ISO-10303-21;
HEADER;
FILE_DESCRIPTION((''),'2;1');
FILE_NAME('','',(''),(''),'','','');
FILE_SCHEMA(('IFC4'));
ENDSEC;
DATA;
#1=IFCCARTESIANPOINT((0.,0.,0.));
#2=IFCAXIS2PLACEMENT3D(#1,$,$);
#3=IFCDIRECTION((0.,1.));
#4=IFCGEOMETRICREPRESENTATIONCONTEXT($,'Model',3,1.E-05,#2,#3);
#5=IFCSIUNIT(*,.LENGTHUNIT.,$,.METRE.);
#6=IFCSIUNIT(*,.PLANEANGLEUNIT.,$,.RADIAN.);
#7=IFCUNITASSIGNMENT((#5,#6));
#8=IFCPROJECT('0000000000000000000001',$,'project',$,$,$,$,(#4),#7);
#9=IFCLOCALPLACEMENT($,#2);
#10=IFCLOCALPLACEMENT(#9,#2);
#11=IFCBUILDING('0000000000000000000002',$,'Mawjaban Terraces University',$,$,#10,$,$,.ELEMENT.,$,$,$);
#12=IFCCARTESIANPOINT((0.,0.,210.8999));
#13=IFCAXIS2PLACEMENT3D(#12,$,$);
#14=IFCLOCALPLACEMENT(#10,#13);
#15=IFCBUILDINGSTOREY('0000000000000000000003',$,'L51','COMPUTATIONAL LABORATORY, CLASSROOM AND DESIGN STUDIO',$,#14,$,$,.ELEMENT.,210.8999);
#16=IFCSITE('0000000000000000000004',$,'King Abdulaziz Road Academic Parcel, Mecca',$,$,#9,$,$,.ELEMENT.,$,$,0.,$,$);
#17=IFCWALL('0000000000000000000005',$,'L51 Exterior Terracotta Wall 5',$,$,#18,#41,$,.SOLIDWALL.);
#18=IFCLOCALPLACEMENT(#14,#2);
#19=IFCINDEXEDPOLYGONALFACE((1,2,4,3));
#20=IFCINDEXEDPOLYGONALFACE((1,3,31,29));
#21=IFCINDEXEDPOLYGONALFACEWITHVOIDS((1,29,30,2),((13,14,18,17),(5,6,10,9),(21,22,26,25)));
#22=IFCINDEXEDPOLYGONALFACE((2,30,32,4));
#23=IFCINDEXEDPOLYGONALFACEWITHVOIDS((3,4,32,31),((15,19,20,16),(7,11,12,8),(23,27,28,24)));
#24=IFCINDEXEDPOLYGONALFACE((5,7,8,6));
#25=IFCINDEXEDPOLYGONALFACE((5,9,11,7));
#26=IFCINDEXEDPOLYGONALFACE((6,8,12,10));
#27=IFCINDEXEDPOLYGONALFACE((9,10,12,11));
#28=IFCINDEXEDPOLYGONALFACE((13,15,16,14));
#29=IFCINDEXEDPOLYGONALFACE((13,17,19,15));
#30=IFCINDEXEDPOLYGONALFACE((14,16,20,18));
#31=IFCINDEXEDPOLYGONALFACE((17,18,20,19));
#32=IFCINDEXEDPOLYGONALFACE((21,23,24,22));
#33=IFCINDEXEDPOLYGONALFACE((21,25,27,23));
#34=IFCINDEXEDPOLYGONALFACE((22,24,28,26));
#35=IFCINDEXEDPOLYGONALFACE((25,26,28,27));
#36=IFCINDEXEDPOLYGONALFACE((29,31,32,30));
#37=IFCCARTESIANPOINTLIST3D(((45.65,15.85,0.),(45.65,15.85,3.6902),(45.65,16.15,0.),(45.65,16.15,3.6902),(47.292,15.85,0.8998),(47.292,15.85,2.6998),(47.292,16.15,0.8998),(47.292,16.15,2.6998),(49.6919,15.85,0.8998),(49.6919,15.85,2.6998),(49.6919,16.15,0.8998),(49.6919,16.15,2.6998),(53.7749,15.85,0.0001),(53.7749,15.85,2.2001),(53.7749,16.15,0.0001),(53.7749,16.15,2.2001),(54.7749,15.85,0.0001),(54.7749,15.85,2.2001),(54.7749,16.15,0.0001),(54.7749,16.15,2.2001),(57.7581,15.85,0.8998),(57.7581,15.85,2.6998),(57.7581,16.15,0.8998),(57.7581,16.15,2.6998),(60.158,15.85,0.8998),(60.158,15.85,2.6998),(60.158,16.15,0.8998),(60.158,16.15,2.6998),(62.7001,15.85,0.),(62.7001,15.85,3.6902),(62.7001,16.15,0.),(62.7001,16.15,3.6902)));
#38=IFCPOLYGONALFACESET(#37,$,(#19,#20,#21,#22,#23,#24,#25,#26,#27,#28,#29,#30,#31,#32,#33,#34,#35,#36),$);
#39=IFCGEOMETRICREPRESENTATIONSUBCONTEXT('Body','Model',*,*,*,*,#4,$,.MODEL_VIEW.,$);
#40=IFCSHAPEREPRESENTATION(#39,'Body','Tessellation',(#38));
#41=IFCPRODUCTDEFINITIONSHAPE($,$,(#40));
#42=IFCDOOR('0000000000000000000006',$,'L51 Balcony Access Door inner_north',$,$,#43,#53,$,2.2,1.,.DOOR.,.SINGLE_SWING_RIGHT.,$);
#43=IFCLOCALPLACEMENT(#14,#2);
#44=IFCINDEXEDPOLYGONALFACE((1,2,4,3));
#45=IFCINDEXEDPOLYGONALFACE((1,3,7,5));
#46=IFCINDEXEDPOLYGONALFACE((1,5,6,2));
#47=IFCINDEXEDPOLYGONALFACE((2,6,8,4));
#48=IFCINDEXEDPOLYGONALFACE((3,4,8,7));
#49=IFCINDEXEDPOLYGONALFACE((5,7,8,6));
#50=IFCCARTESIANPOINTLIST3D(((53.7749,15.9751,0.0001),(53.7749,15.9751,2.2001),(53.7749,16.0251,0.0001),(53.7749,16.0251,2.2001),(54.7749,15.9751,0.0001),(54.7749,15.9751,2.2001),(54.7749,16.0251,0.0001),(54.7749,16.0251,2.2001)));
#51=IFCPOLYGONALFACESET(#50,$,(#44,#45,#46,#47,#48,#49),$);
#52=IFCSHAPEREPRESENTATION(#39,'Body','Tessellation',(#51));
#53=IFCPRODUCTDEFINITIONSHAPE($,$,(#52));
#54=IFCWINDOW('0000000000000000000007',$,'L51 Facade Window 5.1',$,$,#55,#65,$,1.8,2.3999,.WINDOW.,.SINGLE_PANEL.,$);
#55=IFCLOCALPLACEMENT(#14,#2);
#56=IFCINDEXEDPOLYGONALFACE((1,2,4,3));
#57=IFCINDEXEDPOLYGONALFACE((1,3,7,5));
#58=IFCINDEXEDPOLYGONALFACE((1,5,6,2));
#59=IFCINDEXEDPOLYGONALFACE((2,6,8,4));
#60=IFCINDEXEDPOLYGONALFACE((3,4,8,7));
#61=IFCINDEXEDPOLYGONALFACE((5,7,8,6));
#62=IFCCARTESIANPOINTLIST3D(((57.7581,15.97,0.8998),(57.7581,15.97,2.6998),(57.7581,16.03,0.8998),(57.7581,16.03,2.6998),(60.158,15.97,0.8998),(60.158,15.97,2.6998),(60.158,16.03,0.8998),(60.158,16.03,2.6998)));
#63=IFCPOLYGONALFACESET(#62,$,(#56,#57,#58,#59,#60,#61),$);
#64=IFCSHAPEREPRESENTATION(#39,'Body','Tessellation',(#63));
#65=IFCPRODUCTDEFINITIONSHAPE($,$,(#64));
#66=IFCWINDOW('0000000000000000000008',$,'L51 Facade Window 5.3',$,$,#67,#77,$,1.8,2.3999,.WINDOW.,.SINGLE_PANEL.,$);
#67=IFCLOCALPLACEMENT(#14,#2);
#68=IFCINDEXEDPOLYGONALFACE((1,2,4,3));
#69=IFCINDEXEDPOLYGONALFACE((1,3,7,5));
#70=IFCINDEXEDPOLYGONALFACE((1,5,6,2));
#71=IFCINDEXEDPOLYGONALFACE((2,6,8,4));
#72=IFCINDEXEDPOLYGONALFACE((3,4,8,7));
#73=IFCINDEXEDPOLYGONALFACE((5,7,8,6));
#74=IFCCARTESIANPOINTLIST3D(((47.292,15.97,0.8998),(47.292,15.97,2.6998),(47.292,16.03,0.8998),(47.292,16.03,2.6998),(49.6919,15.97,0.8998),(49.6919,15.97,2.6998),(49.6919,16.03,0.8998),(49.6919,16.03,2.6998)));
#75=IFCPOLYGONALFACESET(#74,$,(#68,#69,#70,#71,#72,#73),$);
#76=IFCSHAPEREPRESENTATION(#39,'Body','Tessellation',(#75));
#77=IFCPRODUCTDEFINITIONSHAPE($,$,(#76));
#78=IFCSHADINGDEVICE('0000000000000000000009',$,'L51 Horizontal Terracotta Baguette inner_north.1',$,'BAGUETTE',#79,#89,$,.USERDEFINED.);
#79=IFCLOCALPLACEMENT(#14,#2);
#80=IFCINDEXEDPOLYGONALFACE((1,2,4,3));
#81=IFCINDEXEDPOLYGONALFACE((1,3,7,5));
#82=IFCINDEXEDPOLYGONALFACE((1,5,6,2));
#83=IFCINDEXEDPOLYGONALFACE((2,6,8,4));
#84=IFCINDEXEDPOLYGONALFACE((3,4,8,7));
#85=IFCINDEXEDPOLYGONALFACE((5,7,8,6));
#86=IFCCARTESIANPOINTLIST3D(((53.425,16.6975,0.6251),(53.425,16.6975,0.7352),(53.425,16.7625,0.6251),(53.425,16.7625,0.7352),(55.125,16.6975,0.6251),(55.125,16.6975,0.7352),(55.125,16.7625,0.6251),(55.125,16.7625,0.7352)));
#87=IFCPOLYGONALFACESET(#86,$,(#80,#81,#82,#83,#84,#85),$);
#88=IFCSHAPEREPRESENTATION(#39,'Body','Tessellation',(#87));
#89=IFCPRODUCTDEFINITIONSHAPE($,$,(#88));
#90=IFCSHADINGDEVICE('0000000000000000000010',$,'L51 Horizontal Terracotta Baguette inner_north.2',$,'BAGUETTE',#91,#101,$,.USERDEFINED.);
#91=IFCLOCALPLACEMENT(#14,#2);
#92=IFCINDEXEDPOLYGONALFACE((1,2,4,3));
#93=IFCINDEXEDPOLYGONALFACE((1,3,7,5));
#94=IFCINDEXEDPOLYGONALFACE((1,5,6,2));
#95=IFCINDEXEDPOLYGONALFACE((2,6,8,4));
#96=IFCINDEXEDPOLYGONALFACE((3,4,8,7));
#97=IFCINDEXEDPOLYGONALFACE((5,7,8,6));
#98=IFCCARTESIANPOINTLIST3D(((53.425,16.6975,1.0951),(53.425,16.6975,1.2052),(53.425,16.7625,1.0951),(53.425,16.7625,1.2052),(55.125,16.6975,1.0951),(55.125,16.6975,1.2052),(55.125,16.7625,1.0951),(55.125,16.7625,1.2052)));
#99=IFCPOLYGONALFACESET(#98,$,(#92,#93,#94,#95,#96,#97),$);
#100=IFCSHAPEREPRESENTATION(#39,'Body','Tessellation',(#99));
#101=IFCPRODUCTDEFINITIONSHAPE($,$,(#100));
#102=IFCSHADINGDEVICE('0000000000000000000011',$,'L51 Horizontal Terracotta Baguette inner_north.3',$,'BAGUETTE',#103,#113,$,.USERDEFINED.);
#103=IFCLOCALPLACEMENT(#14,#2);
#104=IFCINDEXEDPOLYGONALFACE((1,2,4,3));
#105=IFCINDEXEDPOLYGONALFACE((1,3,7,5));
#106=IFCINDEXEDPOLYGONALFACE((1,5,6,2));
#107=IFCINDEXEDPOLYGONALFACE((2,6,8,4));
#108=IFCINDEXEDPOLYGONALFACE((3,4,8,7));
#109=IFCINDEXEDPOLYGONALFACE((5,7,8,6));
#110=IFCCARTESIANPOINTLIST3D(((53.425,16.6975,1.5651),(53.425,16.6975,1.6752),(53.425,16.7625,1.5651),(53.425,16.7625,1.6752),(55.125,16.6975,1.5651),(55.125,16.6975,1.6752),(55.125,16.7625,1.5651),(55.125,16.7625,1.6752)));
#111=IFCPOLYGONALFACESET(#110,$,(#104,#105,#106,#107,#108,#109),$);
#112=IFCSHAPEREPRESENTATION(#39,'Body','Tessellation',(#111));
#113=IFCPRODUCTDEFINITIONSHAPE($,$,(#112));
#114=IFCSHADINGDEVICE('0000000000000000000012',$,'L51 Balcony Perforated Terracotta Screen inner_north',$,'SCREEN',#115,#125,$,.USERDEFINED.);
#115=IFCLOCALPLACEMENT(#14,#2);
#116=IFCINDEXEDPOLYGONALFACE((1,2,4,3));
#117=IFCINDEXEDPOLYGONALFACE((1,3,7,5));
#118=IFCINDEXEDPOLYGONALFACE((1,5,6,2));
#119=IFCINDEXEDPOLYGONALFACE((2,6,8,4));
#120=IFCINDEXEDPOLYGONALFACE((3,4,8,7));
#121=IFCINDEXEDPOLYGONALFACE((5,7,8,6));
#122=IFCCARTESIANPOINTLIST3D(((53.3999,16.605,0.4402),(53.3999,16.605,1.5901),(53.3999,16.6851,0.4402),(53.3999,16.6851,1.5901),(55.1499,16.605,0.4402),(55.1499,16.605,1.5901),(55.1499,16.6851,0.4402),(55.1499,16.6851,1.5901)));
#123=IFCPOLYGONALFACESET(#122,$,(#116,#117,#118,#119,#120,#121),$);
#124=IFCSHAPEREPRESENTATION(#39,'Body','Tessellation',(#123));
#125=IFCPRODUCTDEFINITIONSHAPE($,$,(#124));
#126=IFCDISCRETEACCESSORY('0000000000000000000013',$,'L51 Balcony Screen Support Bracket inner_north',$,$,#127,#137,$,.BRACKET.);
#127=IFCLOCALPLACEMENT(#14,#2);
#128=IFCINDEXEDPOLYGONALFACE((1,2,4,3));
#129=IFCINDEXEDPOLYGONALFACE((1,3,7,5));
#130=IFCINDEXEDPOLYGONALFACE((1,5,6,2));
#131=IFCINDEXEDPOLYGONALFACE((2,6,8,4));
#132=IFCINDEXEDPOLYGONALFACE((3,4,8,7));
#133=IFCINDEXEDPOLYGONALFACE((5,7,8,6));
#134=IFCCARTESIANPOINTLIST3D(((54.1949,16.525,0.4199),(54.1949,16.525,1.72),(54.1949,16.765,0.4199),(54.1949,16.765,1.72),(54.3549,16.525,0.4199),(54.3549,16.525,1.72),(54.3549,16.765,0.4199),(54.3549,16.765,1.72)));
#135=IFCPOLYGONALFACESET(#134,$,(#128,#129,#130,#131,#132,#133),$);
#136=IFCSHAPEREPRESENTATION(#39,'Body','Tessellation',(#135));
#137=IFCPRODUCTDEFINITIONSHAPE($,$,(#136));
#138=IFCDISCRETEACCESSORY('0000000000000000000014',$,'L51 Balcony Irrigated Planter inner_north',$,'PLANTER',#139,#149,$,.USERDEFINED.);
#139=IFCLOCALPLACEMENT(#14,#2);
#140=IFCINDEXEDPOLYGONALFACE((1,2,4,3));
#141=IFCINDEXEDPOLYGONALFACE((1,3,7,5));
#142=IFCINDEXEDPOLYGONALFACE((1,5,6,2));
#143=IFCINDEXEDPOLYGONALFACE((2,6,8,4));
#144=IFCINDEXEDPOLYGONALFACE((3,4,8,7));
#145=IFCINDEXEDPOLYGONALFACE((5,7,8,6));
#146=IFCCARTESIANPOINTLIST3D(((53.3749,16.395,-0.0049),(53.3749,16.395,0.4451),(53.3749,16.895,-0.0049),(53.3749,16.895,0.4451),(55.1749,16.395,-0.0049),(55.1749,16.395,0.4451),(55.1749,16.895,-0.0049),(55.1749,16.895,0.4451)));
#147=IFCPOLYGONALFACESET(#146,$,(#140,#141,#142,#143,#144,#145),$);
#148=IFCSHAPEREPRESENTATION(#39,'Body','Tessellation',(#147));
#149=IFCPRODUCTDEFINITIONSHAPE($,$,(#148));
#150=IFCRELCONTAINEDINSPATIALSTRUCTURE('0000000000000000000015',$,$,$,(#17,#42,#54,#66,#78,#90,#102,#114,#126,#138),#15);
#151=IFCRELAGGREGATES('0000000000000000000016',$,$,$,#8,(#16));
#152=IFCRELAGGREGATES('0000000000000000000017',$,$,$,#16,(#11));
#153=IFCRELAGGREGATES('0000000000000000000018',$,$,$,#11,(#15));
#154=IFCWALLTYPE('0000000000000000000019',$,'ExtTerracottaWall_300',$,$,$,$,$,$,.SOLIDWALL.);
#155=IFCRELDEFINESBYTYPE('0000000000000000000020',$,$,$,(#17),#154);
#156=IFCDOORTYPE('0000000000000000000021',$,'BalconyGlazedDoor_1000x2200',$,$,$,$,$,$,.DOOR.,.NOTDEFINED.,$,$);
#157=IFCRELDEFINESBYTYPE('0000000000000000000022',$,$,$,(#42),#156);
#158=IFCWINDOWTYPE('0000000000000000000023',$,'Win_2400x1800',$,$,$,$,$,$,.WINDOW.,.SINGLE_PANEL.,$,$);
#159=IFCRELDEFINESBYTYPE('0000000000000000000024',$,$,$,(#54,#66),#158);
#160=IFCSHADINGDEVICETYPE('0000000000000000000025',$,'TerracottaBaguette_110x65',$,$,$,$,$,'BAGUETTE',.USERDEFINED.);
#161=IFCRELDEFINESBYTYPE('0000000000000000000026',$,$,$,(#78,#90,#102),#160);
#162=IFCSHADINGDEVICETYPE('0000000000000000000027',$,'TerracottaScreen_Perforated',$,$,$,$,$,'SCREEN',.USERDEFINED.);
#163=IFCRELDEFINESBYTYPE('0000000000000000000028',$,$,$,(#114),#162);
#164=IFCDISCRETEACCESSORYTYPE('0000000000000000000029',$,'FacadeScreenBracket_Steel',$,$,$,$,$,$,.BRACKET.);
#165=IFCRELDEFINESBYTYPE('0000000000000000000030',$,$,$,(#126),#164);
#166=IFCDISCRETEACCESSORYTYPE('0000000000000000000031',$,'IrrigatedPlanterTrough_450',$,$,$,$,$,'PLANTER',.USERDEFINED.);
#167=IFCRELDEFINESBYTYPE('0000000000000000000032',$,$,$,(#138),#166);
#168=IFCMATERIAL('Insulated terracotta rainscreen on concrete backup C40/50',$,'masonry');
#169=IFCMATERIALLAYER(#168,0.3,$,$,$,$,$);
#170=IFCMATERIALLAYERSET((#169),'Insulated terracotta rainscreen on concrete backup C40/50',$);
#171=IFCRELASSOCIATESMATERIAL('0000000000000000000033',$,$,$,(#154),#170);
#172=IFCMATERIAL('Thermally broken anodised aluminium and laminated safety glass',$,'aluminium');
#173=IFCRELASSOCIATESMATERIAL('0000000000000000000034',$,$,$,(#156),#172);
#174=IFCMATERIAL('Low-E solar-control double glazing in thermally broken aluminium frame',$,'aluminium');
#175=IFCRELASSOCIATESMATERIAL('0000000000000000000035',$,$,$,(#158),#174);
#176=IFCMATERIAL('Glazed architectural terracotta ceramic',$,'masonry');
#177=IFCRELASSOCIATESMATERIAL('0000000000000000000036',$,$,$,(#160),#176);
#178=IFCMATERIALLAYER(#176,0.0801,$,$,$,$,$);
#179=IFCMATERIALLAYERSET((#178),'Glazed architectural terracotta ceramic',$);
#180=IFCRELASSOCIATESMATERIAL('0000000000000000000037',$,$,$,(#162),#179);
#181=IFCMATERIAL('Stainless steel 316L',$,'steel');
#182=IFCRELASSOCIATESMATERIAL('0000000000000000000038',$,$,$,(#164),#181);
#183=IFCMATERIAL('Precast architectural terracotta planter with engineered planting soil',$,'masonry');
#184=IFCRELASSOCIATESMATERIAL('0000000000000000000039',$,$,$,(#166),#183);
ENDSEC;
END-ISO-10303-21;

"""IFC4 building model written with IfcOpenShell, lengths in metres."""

from ifc_helpers import new_model, si_unit, direction, frame, frame_2d, origin, origin_2d, place, context, subcontext, project, spatial, rectangle, extrude, material, layer, layer_set, material_profile, profile_set, type_object, element, fill, save


model = new_model("IFC4")

# Units and contexts
model_context = context("Model", 3, precision=1e-05, world=origin(), true_north=direction((0.0, 1.0)))
body_context = subcontext(model_context, "Body", "Model", "MODEL_VIEW")
ifc_project = project(units=[si_unit("LENGTHUNIT", "METRE"), si_unit("PLANEANGLEUNIT", "RADIAN")], contexts=[model_context])

# Site, building, storey
site_placement = place(None, origin())
site = spatial("IfcSite", under=ifc_project, at=site_placement, Name="King Abdulaziz Road Academic Parcel, Mecca", CompositionType="ELEMENT", RefElevation=0.0)
building_placement = place(site_placement, origin())
building = spatial("IfcBuilding", under=site, at=building_placement, Name="Mawjaban Terraces University", CompositionType="ELEMENT")
storey_placement = place(building_placement, frame((0.0, 0.0, 210.8999)))
storey = spatial("IfcBuildingStorey", under=building, at=storey_placement, Name="L51", Description="COMPUTATIONAL LABORATORY, CLASSROOM AND DESIGN STUDIO", CompositionType="ELEMENT", Elevation=210.8999)

# Shared definitions
ifc_material_1 = material(Name="Insulated terracotta rainscreen on concrete backup C40/50", Category="masonry")
ifc_layer_1 = layer(ifc_material_1, 0.3)
ifc_layer_set_1 = layer_set([ifc_layer_1], Name="Insulated terracotta rainscreen on concrete backup C40/50")
wall_type = type_object("IfcWallType", Name="ExtTerracottaWall_300", PredefinedType="SOLIDWALL", material=ifc_layer_set_1)

# Wall, openings, door, windows
wall_1_placement = place(storey_placement, frame((62.7, 16.0, 0.0), z_axis=(0.0, 0.0, 1.0), x_axis=(-1.0, 0.0, 0.0)))
wall_1 = element("IfcWall", 1, at=wall_1_placement, inside=storey, type_object=wall_type, Name="L51 Exterior Terracotta Wall 5", PredefinedType="SOLIDWALL", context=body_context, shape_type="SweptSolid", body=[
    extrude(rectangle(XDim=17.05, YDim=0.3, at=frame_2d((8.5249, 0.0))), origin(), (0.0, 0.0, 1.0), 3.6902),
])
opening_1_placement = place(wall_1_placement, frame((7.925, 0.0, 0.0)))
opening_1 = element("IfcOpeningElement", 2, at=opening_1_placement, cuts=wall_1, PredefinedType="OPENING", context=body_context, shape_type="SweptSolid", body=[
    extrude(rectangle(XDim=1.0, YDim=2.2, at=frame_2d((0.5, 1.1001))), frame((0.0, 0.1599, 0.0), z_axis=(0.0, -1.0, 0.0), x_axis=(1.0, 0.0, 0.0)), (0.0, 0.0, 1.0), 0.3201),
])
opening_2_placement = place(wall_1_placement, frame((2.542, 0.0, 0.8999)))
opening_2 = element("IfcOpeningElement", 3, at=opening_2_placement, cuts=wall_1, PredefinedType="OPENING", context=body_context, shape_type="SweptSolid", body=[
    extrude(rectangle(XDim=2.3999, YDim=1.8, at=frame_2d((1.2, 0.8999))), frame((0.0, 0.1599, 0.0), z_axis=(0.0, -1.0, 0.0), x_axis=(1.0, 0.0, 0.0)), (0.0, 0.0, 1.0), 0.3201),
])
opening_3_placement = place(wall_1_placement, frame((13.0081, 0.0, 0.8999)))
opening_3 = element("IfcOpeningElement", 4, at=opening_3_placement, cuts=wall_1, PredefinedType="OPENING", context=body_context, shape_type="SweptSolid", body=[
    extrude(rectangle(XDim=2.3999, YDim=1.8, at=frame_2d((1.2, 0.8999))), frame((0.0, 0.1599, 0.0), z_axis=(0.0, -1.0, 0.0), x_axis=(1.0, 0.0, 0.0)), (0.0, 0.0, 1.0), 0.3201),
])
ifc_material_2 = material(Name="Thermally broken anodised aluminium and laminated safety glass", Category="aluminium")
door_type = type_object("IfcDoorType", Name="BalconyGlazedDoor_1000x2200", OperationType="NOTDEFINED", PredefinedType="DOOR", material=ifc_material_2)
door_placement = place(opening_1_placement, origin())
door = element("IfcDoor", 5, at=door_placement, inside=storey, type_object=door_type, Name="L51 Balcony Access Door inner_north", OperationType="SINGLE_SWING_RIGHT", OverallHeight=2.2, OverallWidth=1.0, PredefinedType="DOOR", context=body_context, shape_type="SweptSolid", body=[
    extrude(rectangle(XDim=1.0, YDim=2.2, at=frame_2d((0.5, 1.1001))), frame((0.0, 0.0249, 0.0), z_axis=(0.0, -1.0, 0.0), x_axis=(1.0, 0.0, 0.0)), (0.0, 0.0, 1.0), 0.05),
])
fill(opening_1, door)
ifc_material_3 = material(Name="Low-E solar-control double glazing in thermally broken aluminium frame", Category="aluminium")
window_type = type_object("IfcWindowType", Name="Win_2400x1800", PartitioningType="SINGLE_PANEL", PredefinedType="WINDOW", material=ifc_material_3)
window_1_placement = place(opening_2_placement, origin())
window_1 = element("IfcWindow", 6, at=window_1_placement, inside=storey, type_object=window_type, Name="L51 Facade Window 5.1", OverallHeight=1.8, OverallWidth=2.3999, PartitioningType="SINGLE_PANEL", PredefinedType="WINDOW", context=body_context, shape_type="SweptSolid", body=[
    extrude(rectangle(XDim=2.3999, YDim=1.8, at=frame_2d((1.2, 0.8999))), frame((0.0, 0.03, 0.0), z_axis=(0.0, -1.0, 0.0), x_axis=(1.0, 0.0, 0.0)), (0.0, 0.0, 1.0), 0.0601),
])
fill(opening_2, window_1)
window_2_placement = place(opening_3_placement, origin())
window_2 = element("IfcWindow", 7, at=window_2_placement, inside=storey, type_object=window_type, Name="L51 Facade Window 5.3", OverallHeight=1.8, OverallWidth=2.3999, PartitioningType="SINGLE_PANEL", PredefinedType="WINDOW", context=body_context, shape_type="SweptSolid", body=[
    extrude(rectangle(XDim=2.3999, YDim=1.8, at=frame_2d((1.2, 0.8999))), frame((0.0, 0.03, 0.0), z_axis=(0.0, -1.0, 0.0), x_axis=(1.0, 0.0, 0.0)), (0.0, 0.0, 1.0), 0.0601),
])
fill(opening_3, window_2)

# Shading devices
ifc_material_4 = material(Name="Glazed architectural terracotta ceramic", Category="masonry")
ifc_material_profile_1 = material_profile(ifc_material_4, rectangle(XDim=0.0649, YDim=0.1101, at=origin_2d()), Name="TBAG110X65")
ifc_profile_set_1 = profile_set([ifc_material_profile_1], Name="Glazed architectural terracotta ceramic")
shading_device_type_1 = type_object("IfcShadingDeviceType", Name="TerracottaBaguette_110x65", ElementType="BAGUETTE", PredefinedType="USERDEFINED", material=ifc_profile_set_1)
for number, where, z_axis, x_axis, name in (
    (8, (53.425, 16.73, 0.6802), (1.0, 0.0, 0.0), (0.0, 1.0, 0.0), "L51 Horizontal Terracotta Baguette inner_north.1"),
    (9, (53.425, 16.73, 1.1501), (1.0, 0.0, 0.0), (0.0, 1.0, 0.0), "L51 Horizontal Terracotta Baguette inner_north.2"),
    (10, (53.425, 16.73, 1.6201), (1.0, 0.0, 0.0), (0.0, 1.0, 0.0), "L51 Horizontal Terracotta Baguette inner_north.3"),
):
    element("IfcShadingDevice", number, at=place(storey_placement, frame(where, z_axis=z_axis, x_axis=x_axis)), inside=storey, type_object=shading_device_type_1, Name=name, ObjectType="BAGUETTE", PredefinedType="USERDEFINED", context=body_context, shape_type="SweptSolid", body=[
        extrude(rectangle(XDim=0.0649, YDim=0.1101, at=origin_2d()), origin(), (0.0, 0.0, 1.0), 1.7),
    ])
ifc_layer_2 = layer(ifc_material_4, 0.0801)
ifc_layer_set_2 = layer_set([ifc_layer_2], Name="Glazed architectural terracotta ceramic")
shading_device_type_2 = type_object("IfcShadingDeviceType", Name="TerracottaScreen_Perforated", ElementType="SCREEN", PredefinedType="USERDEFINED", material=ifc_layer_set_2)
shading_device_placement = place(storey_placement, frame((54.2749, 16.645, 0.4402), z_axis=(0.0, 0.0, 1.0), x_axis=(1.0, 0.0, 0.0)))
element("IfcShadingDevice", 11, at=shading_device_placement, inside=storey, type_object=shading_device_type_2, Name="L51 Balcony Perforated Terracotta Screen inner_north", ObjectType="SCREEN", PredefinedType="USERDEFINED", context=body_context, shape_type="SweptSolid", body=[
    extrude(rectangle(XDim=1.75, YDim=0.0801, at=origin_2d()), origin(), (0.0, 0.0, 1.0), 1.1499),
])

# Discrete accessories
ifc_material_5 = material(Name="Stainless steel 316L", Category="steel")
discrete_accessory_type_1 = type_object("IfcDiscreteAccessoryType", Name="FacadeScreenBracket_Steel", PredefinedType="BRACKET", material=ifc_material_5)
discrete_accessory_1_placement = place(storey_placement, frame((54.2749, 16.645, 0.4199), z_axis=(0.0, 0.0, 1.0), x_axis=(1.0, 0.0, 0.0)))
element("IfcDiscreteAccessory", 12, at=discrete_accessory_1_placement, inside=storey, type_object=discrete_accessory_type_1, Name="L51 Balcony Screen Support Bracket inner_north", PredefinedType="BRACKET", context=body_context, shape_type="SweptSolid", body=[
    extrude(rectangle(XDim=0.1599, YDim=0.24, at=origin_2d()), origin(), (0.0, 0.0, 1.0), 1.3),
])
ifc_material_6 = material(Name="Precast architectural terracotta planter with engineered planting soil", Category="masonry")
discrete_accessory_type_2 = type_object("IfcDiscreteAccessoryType", Name="IrrigatedPlanterTrough_450", ElementType="PLANTER", PredefinedType="USERDEFINED", material=ifc_material_6)
discrete_accessory_2_placement = place(storey_placement, frame((54.2749, 16.645, -0.0049), z_axis=(0.0, 0.0, 1.0), x_axis=(1.0, 0.0, 0.0)))
element("IfcDiscreteAccessory", 13, at=discrete_accessory_2_placement, inside=storey, type_object=discrete_accessory_type_2, Name="L51 Balcony Irrigated Planter inner_north", ObjectType="PLANTER", PredefinedType="USERDEFINED", context=body_context, shape_type="SweptSolid", body=[
    extrude(rectangle(XDim=1.8, YDim=0.5, at=origin_2d()), origin(), (0.0, 0.0, 1.0), 0.45),
])

save(model, "model.ifc")
